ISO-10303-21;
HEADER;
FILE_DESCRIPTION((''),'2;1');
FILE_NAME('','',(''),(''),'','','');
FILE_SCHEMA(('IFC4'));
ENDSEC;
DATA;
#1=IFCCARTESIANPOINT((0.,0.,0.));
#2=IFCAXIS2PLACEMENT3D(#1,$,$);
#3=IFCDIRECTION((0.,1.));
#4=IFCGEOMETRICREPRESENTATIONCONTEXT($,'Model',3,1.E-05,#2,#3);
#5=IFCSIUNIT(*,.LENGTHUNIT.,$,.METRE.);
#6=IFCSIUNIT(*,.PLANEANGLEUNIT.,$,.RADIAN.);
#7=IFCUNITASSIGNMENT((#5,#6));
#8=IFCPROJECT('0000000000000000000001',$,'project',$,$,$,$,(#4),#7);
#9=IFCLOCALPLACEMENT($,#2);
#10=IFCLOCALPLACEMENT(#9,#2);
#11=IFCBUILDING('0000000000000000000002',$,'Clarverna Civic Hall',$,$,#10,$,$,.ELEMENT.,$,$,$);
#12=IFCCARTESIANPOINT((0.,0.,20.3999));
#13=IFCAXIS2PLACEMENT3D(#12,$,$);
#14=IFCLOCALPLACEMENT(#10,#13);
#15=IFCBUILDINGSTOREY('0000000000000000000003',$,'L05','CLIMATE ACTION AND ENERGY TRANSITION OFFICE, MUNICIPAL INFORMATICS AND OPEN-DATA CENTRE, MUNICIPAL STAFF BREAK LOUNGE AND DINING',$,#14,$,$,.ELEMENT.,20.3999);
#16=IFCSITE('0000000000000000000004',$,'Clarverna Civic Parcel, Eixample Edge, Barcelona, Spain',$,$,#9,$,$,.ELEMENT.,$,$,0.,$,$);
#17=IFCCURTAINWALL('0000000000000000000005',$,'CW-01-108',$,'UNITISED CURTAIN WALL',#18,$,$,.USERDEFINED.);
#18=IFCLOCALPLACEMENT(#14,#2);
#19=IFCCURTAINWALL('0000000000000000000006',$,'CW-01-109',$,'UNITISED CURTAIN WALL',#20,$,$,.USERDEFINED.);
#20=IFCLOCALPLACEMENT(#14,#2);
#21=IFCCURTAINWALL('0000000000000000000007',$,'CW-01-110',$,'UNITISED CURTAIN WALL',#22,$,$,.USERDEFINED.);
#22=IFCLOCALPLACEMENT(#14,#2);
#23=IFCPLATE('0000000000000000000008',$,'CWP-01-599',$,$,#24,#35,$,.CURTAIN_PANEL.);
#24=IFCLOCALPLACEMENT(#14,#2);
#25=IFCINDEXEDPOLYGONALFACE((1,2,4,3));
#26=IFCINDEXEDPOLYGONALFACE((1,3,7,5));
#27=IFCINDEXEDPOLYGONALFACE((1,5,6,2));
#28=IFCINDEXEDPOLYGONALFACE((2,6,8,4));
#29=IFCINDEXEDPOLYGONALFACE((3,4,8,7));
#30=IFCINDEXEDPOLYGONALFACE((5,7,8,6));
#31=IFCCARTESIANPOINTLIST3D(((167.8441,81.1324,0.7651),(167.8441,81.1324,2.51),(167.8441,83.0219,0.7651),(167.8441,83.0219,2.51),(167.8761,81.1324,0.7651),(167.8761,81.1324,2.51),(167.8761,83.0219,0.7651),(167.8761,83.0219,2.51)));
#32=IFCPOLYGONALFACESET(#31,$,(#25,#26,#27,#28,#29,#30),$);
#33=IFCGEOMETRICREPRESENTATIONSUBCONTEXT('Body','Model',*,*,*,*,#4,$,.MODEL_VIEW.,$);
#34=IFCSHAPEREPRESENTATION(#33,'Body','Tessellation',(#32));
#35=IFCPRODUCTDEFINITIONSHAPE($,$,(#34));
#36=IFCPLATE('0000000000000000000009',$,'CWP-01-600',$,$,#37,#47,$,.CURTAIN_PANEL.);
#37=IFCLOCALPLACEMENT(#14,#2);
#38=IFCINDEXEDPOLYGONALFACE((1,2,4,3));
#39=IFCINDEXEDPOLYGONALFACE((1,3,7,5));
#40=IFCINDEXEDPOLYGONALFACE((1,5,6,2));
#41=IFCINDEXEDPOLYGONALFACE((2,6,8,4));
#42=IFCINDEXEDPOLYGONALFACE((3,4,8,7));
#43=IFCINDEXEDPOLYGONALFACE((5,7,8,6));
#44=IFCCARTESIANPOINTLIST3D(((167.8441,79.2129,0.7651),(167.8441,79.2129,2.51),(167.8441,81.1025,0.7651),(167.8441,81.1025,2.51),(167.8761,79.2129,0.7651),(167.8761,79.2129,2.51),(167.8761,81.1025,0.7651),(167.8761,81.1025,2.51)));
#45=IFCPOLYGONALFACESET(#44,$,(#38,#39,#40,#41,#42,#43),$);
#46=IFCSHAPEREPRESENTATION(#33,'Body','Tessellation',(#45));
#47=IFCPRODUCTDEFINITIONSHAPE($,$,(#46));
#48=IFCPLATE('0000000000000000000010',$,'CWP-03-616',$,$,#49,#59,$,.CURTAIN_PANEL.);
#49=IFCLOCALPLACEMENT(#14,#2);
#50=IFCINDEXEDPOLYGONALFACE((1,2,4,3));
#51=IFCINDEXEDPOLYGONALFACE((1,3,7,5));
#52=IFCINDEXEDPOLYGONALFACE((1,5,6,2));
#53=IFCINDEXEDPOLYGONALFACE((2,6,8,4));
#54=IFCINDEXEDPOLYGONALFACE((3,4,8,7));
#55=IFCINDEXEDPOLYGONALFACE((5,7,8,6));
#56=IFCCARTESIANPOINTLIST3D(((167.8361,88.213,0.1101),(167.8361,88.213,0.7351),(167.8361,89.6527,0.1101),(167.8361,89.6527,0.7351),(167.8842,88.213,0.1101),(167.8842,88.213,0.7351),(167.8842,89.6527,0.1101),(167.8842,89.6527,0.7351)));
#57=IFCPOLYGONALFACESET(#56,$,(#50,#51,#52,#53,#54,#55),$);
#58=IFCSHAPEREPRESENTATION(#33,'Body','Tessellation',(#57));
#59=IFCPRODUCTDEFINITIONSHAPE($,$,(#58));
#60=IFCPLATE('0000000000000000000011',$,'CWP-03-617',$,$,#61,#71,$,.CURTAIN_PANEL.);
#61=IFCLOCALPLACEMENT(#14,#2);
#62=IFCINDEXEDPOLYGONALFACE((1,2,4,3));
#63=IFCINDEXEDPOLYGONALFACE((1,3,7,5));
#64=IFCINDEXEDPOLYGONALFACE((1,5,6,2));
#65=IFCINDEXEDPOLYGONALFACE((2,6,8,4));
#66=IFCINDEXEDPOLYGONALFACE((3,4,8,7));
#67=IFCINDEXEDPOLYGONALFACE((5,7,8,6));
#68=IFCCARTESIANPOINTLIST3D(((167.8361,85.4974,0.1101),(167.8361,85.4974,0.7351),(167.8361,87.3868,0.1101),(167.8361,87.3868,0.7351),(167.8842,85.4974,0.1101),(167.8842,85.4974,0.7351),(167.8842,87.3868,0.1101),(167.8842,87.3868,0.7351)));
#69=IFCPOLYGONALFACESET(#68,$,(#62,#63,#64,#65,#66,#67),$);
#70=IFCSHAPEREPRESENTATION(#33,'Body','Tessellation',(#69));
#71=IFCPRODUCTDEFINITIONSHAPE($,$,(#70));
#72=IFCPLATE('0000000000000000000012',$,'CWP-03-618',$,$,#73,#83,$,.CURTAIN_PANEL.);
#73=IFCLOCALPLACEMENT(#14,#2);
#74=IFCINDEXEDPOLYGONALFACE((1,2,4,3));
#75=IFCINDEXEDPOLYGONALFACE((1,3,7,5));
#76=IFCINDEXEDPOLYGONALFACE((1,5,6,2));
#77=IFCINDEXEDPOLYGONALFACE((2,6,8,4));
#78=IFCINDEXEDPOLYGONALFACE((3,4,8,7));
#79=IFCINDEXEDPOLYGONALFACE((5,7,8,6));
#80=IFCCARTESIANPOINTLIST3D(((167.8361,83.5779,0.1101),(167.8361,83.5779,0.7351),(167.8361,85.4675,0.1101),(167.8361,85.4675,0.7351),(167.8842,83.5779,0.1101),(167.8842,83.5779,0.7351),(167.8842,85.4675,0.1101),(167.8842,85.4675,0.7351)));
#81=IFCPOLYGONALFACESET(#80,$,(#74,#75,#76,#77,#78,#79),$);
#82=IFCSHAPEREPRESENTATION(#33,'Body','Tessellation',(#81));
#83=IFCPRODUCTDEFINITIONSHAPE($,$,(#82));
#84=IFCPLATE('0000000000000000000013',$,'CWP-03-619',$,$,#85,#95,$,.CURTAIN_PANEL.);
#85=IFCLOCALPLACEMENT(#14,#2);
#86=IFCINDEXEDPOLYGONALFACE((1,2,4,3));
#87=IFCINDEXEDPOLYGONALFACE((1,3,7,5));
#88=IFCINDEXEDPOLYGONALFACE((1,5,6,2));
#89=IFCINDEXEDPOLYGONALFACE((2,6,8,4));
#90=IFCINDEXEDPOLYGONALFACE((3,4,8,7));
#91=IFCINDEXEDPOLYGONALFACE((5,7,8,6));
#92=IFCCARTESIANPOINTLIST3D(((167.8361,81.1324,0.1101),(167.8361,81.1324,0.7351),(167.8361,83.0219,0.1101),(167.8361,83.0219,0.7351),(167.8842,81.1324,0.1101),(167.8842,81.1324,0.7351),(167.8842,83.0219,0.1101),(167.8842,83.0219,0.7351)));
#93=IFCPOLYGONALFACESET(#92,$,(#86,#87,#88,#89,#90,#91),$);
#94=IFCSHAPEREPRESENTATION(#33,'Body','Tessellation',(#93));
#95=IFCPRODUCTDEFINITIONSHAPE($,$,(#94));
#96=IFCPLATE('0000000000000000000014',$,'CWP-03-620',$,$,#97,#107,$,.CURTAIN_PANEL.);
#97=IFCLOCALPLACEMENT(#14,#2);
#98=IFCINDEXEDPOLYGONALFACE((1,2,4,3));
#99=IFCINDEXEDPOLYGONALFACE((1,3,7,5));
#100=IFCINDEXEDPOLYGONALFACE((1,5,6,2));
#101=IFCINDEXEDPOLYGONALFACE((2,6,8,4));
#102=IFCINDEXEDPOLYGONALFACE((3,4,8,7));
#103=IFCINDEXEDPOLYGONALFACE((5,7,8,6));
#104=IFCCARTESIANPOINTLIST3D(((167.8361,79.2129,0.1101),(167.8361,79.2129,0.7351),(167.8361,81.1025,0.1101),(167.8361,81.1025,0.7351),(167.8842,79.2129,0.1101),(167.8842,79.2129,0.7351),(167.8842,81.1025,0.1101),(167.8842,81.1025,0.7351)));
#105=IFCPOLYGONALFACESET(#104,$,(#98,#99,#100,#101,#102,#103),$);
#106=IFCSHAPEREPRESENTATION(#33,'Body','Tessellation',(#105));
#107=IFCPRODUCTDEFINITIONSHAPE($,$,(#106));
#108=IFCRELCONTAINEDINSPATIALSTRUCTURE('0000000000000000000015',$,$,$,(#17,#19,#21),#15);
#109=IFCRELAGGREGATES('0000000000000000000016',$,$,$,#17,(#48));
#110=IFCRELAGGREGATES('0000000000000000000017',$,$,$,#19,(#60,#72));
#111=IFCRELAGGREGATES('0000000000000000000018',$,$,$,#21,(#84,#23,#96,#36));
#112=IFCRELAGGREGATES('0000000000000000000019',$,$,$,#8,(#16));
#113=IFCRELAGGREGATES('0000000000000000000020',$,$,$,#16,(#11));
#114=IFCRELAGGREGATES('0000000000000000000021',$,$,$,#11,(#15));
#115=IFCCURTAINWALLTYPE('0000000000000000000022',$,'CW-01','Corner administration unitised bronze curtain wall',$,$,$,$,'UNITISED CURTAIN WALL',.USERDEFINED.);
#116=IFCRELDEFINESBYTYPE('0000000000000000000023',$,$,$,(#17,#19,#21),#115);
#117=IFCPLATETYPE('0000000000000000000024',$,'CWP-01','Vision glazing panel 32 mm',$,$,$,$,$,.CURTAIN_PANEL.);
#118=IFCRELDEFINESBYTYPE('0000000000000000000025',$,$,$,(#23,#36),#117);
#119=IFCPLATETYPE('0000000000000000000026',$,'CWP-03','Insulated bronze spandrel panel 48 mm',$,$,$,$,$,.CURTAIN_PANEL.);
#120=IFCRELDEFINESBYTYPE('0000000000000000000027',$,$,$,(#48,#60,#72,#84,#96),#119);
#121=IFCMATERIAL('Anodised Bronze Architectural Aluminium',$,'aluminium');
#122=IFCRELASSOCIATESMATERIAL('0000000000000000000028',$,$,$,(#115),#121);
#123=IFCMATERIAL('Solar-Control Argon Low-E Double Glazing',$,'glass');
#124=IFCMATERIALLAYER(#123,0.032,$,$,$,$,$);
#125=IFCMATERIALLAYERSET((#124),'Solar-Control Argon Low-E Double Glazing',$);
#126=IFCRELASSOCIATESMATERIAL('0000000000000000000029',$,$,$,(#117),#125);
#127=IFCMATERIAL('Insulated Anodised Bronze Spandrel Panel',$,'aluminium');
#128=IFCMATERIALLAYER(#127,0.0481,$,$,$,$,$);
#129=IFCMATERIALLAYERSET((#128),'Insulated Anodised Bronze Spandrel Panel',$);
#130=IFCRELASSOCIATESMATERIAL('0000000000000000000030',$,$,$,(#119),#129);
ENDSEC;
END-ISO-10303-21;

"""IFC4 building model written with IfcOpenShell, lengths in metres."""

from ifc_helpers import new_model, si_unit, direction, frame, frame_2d, origin, place, context, subcontext, project, spatial, rectangle, extrude, material, layer, layer_set, type_object, element, aggregate, save


model = new_model("IFC4")

# Units and contexts
model_context = context("Model", 3, precision=1e-05, world=origin(), true_north=direction((0.0, 1.0)))
body_context = subcontext(model_context, "Body", "Model", "MODEL_VIEW")
ifc_project = project(units=[si_unit("LENGTHUNIT", "METRE"), si_unit("PLANEANGLEUNIT", "RADIAN")], contexts=[model_context])

# Site, building, storey
site_placement = place(None, origin())
site = spatial("IfcSite", under=ifc_project, at=site_placement, Name="Clarverna Civic Parcel, Eixample Edge, Barcelona, Spain", CompositionType="ELEMENT", RefElevation=0.0)
building_placement = place(site_placement, origin())
building = spatial("IfcBuilding", under=site, at=building_placement, Name="Clarverna Civic Hall", CompositionType="ELEMENT")
storey_placement = place(building_placement, frame((0.0, 0.0, 20.3999)))
storey = spatial("IfcBuildingStorey", under=building, at=storey_placement, Name="L05", Description="CLIMATE ACTION AND ENERGY TRANSITION OFFICE, MUNICIPAL INFORMATICS AND OPEN-DATA CENTRE, MUNICIPAL STAFF BREAK LOUNGE AND DINING", CompositionType="ELEMENT", Elevation=20.3999)

# Curtain walls
ifc_material_1 = material(Name="Anodised Bronze Architectural Aluminium", Category="aluminium")
curtain_wall_type = type_object("IfcCurtainWallType", Name="CW-01", Description="Corner administration unitised bronze curtain wall", ElementType="UNITISED CURTAIN WALL", PredefinedType="USERDEFINED", material=ifc_material_1)
curtain_wall_1_placement = place(storey_placement, origin())
curtain_wall_1 = element("IfcCurtainWall", 1, at=curtain_wall_1_placement, inside=storey, type_object=curtain_wall_type, Name="CW-01-108", ObjectType="UNITISED CURTAIN WALL", PredefinedType="USERDEFINED")
curtain_wall_2_placement = place(storey_placement, origin())
curtain_wall_2 = element("IfcCurtainWall", 2, at=curtain_wall_2_placement, inside=storey, type_object=curtain_wall_type, Name="CW-01-109", ObjectType="UNITISED CURTAIN WALL", PredefinedType="USERDEFINED")
curtain_wall_3_placement = place(storey_placement, origin())
curtain_wall_3 = element("IfcCurtainWall", 3, at=curtain_wall_3_placement, inside=storey, type_object=curtain_wall_type, Name="CW-01-110", ObjectType="UNITISED CURTAIN WALL", PredefinedType="USERDEFINED")

# Plates
ifc_material_2 = material(Name="Solar-Control Argon Low-E Double Glazing", Category="glass")
ifc_layer_1 = layer(ifc_material_2, 0.032)
ifc_layer_set_1 = layer_set([ifc_layer_1], Name="Solar-Control Argon Low-E Double Glazing")
plate_type_1 = type_object("IfcPlateType", Name="CWP-01", Description="Vision glazing panel 32 mm", PredefinedType="CURTAIN_PANEL", material=ifc_layer_set_1)
plate_1_placement = place(storey_placement, frame((167.8601, 83.022, 0.7651), z_axis=(0.0, 0.0, 1.0), x_axis=(0.0, -1.0, 0.0)))
plate_1 = element("IfcPlate", 4, at=plate_1_placement, type_object=plate_type_1, Name="CWP-01-599", PredefinedType="CURTAIN_PANEL", context=body_context, shape_type="SweptSolid", body=[
    extrude(rectangle(XDim=1.8894, YDim=0.032, at=frame_2d((0.9448, 0.0))), origin(), (0.0, 0.0, 1.0), 1.7449),
])
plate_2_placement = place(storey_placement, frame((167.8601, 81.1025, 0.7651), z_axis=(0.0, 0.0, 1.0), x_axis=(0.0, -1.0, 0.0)))
plate_2 = element("IfcPlate", 5, at=plate_2_placement, type_object=plate_type_1, Name="CWP-01-600", PredefinedType="CURTAIN_PANEL", context=body_context, shape_type="SweptSolid", body=[
    extrude(rectangle(XDim=1.8896, YDim=0.032, at=frame_2d((0.9448, 0.0))), origin(), (0.0, 0.0, 1.0), 1.7449),
])
ifc_material_3 = material(Name="Insulated Anodised Bronze Spandrel Panel", Category="aluminium")
ifc_layer_2 = layer(ifc_material_3, 0.0481)
ifc_layer_set_2 = layer_set([ifc_layer_2], Name="Insulated Anodised Bronze Spandrel Panel")
plate_type_2 = type_object("IfcPlateType", Name="CWP-03", Description="Insulated bronze spandrel panel 48 mm", PredefinedType="CURTAIN_PANEL", material=ifc_layer_set_2)
plate_3_placement = place(storey_placement, frame((167.8601, 89.6526, 0.1101), z_axis=(0.0, 0.0, 1.0), x_axis=(0.0, -1.0, 0.0)))
plate_3 = element("IfcPlate", 6, at=plate_3_placement, type_object=plate_type_2, Name="CWP-03-616", PredefinedType="CURTAIN_PANEL", context=body_context, shape_type="SweptSolid", body=[
    extrude(rectangle(XDim=1.4397, YDim=0.0481, at=frame_2d((0.7197, 0.0))), origin(), (0.0, 0.0, 1.0), 0.625),
])
aggregate(curtain_wall_1, [plate_3])
plate_4_placement = place(storey_placement, frame((167.8601, 87.387, 0.1101), z_axis=(0.0, 0.0, 1.0), x_axis=(0.0, -1.0, 0.0)))
plate_4 = element("IfcPlate", 7, at=plate_4_placement, type_object=plate_type_2, Name="CWP-03-617", PredefinedType="CURTAIN_PANEL", context=body_context, shape_type="SweptSolid", body=[
    extrude(rectangle(XDim=1.8894, YDim=0.0481, at=frame_2d((0.9448, 0.0))), origin(), (0.0, 0.0, 1.0), 0.625),
])
plate_5_placement = place(storey_placement, frame((167.8601, 85.4675, 0.1101), z_axis=(0.0, 0.0, 1.0), x_axis=(0.0, -1.0, 0.0)))
plate_5 = element("IfcPlate", 8, at=plate_5_placement, type_object=plate_type_2, Name="CWP-03-618", PredefinedType="CURTAIN_PANEL", context=body_context, shape_type="SweptSolid", body=[
    extrude(rectangle(XDim=1.8896, YDim=0.0481, at=frame_2d((0.9448, 0.0))), origin(), (0.0, 0.0, 1.0), 0.625),
])
aggregate(curtain_wall_2, [plate_4, plate_5])
plate_6_placement = place(storey_placement, frame((167.8601, 83.022, 0.1101), z_axis=(0.0, 0.0, 1.0), x_axis=(0.0, -1.0, 0.0)))
plate_6 = element("IfcPlate", 9, at=plate_6_placement, type_object=plate_type_2, Name="CWP-03-619", PredefinedType="CURTAIN_PANEL", context=body_context, shape_type="SweptSolid", body=[
    extrude(rectangle(XDim=1.8894, YDim=0.0481, at=frame_2d((0.9448, 0.0))), origin(), (0.0, 0.0, 1.0), 0.625),
])
plate_7_placement = place(storey_placement, frame((167.8601, 81.1025, 0.1101), z_axis=(0.0, 0.0, 1.0), x_axis=(0.0, -1.0, 0.0)))
plate_7 = element("IfcPlate", 10, at=plate_7_placement, type_object=plate_type_2, Name="CWP-03-620", PredefinedType="CURTAIN_PANEL", context=body_context, shape_type="SweptSolid", body=[
    extrude(rectangle(XDim=1.8896, YDim=0.0481, at=frame_2d((0.9448, 0.0))), origin(), (0.0, 0.0, 1.0), 0.625),
])
aggregate(curtain_wall_3, [plate_6, plate_1, plate_7, plate_2])

save(model, "model.ifc")
